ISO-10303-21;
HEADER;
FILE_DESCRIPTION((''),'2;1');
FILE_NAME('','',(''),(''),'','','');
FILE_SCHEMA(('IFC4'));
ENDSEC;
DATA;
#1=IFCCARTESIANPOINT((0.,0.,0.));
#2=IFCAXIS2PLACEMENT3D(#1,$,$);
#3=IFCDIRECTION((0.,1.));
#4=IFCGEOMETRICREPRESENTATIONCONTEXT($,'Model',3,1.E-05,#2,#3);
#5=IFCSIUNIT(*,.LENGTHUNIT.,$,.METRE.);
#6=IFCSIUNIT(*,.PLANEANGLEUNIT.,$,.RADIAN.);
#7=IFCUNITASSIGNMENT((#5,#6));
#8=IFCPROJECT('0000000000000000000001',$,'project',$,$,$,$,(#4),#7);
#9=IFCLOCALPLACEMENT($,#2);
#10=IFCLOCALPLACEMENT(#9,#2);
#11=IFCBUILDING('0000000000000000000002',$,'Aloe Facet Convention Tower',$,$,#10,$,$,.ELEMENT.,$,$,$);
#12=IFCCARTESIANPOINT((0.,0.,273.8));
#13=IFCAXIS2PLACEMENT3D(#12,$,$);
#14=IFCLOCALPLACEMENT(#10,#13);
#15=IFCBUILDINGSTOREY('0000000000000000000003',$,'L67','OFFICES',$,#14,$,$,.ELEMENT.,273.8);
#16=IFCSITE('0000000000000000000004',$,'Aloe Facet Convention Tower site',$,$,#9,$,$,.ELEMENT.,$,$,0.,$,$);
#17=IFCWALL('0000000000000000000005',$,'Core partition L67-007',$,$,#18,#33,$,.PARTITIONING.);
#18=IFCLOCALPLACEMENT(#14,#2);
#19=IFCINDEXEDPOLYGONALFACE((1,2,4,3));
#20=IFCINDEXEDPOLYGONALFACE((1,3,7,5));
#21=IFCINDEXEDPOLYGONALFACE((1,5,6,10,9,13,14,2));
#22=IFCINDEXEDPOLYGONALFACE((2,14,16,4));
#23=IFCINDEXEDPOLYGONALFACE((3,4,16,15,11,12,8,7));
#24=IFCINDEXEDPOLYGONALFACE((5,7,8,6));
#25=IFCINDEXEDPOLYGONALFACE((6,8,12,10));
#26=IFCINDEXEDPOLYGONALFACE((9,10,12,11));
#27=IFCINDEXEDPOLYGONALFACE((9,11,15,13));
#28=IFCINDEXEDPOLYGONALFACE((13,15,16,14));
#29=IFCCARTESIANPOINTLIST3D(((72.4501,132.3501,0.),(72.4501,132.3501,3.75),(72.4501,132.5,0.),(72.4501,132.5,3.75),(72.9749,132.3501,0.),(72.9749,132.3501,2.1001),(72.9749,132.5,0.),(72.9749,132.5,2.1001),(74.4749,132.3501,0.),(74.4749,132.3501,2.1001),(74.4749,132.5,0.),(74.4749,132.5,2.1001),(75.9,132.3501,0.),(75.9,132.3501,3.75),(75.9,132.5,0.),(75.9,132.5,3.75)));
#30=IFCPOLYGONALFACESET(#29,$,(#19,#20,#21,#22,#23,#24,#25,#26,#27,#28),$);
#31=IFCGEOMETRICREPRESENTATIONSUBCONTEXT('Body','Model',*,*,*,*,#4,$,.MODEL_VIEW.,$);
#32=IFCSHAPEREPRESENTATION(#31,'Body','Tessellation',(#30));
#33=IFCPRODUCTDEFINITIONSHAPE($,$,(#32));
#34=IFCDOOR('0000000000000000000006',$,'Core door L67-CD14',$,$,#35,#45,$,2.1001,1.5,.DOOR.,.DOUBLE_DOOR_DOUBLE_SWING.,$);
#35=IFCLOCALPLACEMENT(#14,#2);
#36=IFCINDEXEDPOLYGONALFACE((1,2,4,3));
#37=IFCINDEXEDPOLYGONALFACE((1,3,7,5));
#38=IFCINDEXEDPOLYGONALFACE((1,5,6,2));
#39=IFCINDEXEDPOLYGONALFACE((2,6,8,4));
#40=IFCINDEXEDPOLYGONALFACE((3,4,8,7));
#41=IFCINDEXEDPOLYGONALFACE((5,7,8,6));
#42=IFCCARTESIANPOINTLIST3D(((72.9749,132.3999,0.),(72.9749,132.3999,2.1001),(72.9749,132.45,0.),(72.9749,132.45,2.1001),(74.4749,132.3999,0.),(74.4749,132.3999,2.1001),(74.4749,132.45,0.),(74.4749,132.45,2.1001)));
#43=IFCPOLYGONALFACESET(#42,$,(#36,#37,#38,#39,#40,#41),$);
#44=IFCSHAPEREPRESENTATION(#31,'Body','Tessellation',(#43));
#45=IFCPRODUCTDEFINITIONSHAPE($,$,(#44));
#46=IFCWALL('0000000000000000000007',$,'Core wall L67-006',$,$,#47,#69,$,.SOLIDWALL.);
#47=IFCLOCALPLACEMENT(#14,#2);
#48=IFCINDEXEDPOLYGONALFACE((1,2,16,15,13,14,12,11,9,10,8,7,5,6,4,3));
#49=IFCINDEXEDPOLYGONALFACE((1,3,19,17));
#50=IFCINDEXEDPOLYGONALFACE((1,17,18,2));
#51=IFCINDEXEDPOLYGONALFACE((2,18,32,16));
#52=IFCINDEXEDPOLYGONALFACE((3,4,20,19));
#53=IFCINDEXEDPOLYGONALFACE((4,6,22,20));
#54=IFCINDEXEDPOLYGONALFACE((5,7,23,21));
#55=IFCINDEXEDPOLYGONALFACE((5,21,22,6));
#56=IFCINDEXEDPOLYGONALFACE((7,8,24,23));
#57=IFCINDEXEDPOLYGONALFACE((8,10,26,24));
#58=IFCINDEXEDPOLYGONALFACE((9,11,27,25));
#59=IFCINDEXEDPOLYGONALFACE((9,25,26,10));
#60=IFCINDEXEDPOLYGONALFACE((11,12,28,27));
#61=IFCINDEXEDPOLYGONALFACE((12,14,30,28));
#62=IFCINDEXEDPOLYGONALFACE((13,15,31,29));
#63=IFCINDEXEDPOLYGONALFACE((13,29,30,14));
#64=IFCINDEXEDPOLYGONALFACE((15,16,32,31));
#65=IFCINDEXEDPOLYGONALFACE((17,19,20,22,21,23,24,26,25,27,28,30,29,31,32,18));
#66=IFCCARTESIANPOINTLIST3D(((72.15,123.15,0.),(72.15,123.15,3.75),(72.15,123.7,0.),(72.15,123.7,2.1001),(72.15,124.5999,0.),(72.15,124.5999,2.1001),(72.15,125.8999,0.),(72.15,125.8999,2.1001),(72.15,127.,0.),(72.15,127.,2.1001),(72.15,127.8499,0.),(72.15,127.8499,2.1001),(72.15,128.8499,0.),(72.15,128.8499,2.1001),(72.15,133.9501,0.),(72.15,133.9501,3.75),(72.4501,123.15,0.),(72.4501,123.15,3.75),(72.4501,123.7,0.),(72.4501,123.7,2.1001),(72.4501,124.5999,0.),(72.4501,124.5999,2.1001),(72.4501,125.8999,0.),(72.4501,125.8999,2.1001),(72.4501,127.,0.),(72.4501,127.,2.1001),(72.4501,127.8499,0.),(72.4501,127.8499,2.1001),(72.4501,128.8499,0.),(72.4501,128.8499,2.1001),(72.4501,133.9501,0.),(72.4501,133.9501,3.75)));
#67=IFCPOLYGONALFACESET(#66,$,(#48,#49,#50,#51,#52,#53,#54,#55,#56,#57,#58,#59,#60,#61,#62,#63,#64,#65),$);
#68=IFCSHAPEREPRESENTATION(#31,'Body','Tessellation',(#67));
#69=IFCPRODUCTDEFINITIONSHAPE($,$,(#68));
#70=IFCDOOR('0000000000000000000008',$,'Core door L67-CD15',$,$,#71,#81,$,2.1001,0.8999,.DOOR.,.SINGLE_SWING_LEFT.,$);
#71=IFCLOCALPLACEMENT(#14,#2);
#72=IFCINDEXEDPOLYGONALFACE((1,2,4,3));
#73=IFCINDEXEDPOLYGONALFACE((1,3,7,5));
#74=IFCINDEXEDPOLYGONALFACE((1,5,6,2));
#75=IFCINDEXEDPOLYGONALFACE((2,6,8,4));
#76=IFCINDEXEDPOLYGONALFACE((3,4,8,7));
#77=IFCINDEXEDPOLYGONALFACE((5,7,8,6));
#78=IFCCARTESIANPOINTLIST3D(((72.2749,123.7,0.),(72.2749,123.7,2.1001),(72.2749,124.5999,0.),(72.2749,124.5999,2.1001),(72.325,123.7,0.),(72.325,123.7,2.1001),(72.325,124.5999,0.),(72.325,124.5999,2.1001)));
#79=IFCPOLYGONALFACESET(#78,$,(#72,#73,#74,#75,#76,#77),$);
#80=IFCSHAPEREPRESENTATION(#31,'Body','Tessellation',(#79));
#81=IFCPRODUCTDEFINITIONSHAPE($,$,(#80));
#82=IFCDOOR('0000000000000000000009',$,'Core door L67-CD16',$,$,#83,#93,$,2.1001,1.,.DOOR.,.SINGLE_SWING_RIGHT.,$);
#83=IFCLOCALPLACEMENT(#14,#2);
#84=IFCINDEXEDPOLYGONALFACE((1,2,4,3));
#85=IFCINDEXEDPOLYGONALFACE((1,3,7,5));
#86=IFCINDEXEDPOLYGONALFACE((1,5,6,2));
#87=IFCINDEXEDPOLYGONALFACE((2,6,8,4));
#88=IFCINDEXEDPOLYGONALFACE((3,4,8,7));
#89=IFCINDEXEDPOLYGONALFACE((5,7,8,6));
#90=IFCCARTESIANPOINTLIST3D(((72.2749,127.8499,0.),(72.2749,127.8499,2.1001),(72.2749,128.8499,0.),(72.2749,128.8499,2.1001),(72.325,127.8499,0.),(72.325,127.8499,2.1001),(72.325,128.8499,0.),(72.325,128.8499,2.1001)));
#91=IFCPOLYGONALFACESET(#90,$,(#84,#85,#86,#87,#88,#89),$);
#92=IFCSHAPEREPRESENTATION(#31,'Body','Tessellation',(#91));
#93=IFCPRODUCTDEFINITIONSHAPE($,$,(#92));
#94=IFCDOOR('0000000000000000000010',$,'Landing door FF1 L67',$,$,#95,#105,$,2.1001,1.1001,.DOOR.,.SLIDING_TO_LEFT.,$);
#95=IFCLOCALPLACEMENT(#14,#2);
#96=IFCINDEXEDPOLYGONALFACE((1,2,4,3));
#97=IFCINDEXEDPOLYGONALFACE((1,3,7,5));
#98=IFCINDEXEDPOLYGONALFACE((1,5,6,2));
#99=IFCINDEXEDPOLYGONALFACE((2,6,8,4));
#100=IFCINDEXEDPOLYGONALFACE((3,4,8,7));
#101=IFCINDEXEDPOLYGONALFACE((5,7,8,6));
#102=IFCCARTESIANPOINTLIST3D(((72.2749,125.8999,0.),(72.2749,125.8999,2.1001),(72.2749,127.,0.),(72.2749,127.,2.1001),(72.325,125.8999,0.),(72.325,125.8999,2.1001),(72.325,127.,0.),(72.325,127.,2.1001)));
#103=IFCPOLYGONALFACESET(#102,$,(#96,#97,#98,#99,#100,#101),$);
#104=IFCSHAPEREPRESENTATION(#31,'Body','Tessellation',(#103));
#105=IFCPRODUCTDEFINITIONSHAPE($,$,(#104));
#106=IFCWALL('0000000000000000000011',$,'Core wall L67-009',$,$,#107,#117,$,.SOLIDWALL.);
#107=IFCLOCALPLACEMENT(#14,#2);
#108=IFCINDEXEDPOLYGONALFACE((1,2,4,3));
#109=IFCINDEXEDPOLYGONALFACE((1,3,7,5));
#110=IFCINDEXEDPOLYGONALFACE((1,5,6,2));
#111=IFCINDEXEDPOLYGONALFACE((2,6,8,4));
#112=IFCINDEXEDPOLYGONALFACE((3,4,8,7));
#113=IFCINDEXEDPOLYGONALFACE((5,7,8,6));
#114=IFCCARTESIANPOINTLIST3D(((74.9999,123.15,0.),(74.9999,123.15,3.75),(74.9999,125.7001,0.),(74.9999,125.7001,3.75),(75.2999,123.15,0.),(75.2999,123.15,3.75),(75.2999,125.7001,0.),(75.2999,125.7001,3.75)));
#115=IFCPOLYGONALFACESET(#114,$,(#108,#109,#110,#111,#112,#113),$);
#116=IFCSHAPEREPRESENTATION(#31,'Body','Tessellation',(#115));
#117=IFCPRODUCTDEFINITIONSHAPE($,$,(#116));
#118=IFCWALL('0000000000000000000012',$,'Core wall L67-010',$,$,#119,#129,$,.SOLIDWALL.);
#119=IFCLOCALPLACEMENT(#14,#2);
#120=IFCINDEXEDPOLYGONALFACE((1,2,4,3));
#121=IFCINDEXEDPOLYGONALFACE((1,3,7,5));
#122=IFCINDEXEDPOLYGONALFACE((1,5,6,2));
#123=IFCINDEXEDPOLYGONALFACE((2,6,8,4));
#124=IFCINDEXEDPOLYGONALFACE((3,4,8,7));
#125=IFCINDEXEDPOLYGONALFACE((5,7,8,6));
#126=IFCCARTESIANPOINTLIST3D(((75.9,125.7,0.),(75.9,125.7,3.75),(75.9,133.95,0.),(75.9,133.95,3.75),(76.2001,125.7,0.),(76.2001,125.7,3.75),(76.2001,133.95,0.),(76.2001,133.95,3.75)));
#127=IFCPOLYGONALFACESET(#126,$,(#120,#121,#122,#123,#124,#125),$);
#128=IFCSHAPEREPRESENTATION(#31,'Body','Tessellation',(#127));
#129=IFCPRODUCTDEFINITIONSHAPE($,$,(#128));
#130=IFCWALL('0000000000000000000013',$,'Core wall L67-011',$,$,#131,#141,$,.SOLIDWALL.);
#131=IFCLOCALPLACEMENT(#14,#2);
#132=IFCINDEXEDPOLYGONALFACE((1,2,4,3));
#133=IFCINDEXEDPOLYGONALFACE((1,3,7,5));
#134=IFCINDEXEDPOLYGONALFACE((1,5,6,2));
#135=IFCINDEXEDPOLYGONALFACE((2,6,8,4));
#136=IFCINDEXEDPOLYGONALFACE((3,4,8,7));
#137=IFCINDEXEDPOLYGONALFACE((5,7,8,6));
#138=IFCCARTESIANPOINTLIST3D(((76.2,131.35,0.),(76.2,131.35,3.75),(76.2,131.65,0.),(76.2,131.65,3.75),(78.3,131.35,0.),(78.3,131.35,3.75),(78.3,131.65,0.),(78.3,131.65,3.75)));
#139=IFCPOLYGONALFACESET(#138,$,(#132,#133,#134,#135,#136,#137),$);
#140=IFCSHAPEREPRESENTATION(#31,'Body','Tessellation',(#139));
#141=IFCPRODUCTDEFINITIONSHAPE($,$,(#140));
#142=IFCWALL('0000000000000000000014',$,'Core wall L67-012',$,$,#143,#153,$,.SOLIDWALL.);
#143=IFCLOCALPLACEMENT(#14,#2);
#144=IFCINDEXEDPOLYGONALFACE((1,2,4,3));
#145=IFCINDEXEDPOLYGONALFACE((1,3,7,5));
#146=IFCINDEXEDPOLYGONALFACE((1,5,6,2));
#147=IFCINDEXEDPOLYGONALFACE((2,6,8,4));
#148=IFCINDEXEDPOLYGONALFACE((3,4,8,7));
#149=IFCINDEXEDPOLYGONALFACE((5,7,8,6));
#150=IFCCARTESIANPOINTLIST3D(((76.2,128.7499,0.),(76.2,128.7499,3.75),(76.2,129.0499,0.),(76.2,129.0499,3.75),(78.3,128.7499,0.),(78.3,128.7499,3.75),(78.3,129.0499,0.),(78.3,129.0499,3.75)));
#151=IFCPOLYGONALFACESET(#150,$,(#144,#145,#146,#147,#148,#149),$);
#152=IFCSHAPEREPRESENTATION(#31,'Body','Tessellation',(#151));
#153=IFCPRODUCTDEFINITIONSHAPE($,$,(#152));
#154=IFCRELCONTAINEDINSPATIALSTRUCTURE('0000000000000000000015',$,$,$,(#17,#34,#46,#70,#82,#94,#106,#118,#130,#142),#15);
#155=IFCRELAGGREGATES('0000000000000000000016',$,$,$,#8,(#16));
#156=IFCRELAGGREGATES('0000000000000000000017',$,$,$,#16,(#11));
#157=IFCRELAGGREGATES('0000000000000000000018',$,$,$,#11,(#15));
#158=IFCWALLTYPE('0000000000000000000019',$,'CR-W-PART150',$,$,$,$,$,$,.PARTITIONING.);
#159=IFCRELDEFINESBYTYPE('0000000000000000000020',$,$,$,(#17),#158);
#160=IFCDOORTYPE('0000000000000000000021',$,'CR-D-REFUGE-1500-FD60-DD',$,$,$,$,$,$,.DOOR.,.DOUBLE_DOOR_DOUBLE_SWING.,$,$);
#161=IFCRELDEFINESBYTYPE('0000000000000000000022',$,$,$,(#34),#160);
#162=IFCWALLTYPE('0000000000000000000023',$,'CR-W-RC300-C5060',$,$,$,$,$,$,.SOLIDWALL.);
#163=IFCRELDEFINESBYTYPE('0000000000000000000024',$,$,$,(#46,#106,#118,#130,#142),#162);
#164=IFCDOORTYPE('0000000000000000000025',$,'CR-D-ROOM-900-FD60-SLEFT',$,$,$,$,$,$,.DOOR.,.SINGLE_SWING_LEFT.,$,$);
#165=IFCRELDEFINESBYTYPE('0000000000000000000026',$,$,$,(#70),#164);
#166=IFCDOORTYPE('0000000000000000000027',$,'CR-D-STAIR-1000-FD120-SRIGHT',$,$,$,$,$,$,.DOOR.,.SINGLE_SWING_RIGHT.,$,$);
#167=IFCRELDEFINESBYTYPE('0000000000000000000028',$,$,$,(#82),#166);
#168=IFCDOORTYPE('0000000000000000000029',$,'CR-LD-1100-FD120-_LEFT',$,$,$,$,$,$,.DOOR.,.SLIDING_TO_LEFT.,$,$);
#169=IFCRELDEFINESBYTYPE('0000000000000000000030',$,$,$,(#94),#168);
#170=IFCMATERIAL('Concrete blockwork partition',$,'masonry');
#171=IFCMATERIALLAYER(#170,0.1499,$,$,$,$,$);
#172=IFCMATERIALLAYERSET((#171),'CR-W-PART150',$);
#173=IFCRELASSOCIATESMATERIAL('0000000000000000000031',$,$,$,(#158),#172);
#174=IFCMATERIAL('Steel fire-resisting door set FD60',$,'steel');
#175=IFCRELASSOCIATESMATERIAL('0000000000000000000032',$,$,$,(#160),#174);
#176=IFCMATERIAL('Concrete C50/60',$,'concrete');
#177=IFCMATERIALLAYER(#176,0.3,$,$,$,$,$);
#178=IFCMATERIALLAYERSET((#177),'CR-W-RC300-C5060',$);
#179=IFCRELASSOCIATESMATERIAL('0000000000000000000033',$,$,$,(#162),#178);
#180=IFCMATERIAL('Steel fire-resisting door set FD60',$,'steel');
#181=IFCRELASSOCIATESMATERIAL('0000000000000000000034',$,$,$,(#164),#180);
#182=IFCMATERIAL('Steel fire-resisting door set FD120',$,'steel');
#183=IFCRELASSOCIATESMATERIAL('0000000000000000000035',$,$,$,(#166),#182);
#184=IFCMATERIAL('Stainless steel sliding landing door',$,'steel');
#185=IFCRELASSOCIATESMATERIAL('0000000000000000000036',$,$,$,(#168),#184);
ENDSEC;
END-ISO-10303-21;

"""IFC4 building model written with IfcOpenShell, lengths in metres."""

from ifc_helpers import new_model, si_unit, direction, frame, frame_2d, origin, place, context, subcontext, project, spatial, rectangle, extrude, material, layer, layer_set, type_object, element, fill, save


model = new_model("IFC4")

# Units and contexts
model_context = context("Model", 3, precision=1e-05, world=origin(), true_north=direction((0.0, 1.0)))
body_context = subcontext(model_context, "Body", "Model", "MODEL_VIEW")
ifc_project = project(units=[si_unit("LENGTHUNIT", "METRE"), si_unit("PLANEANGLEUNIT", "RADIAN")], contexts=[model_context])

# Site, building, storey
site_placement = place(None, origin())
site = spatial("IfcSite", under=ifc_project, at=site_placement, Name="Aloe Facet Convention Tower site", CompositionType="ELEMENT", RefElevation=0.0)
building_placement = place(site_placement, origin())
building = spatial("IfcBuilding", under=site, at=building_placement, Name="Aloe Facet Convention Tower", CompositionType="ELEMENT")
storey_placement = place(building_placement, frame((0.0, 0.0, 273.8)))
storey = spatial("IfcBuildingStorey", under=building, at=storey_placement, Name="L67", Description="OFFICES", CompositionType="ELEMENT", Elevation=273.8)

# Wall, opening, door
ifc_material_1 = material(Name="Concrete blockwork partition", Category="masonry")
ifc_layer_1 = layer(ifc_material_1, 0.1499)
ifc_layer_set_1 = layer_set([ifc_layer_1], Name="CR-W-PART150")
wall_type_1 = type_object("IfcWallType", Name="CR-W-PART150", PredefinedType="PARTITIONING", material=ifc_layer_set_1)
wall_1_placement = place(storey_placement, frame((72.45, 132.425, 0.0), z_axis=(0.0, 0.0, 1.0), x_axis=(1.0, 0.0, 0.0)))
wall_1 = element("IfcWall", 1, at=wall_1_placement, inside=storey, type_object=wall_type_1, Name="Core partition L67-007", PredefinedType="PARTITIONING", context=body_context, shape_type="SweptSolid", body=[
    extrude(rectangle(XDim=3.45, YDim=0.1499, at=frame_2d((1.7251, 0.0))), origin(), (0.0, 0.0, 1.0), 3.75),
])
opening_1_placement = place(wall_1_placement, frame((0.5249, 0.0, 0.0)))
opening_1 = element("IfcOpeningElement", 2, at=opening_1_placement, cuts=wall_1, PredefinedType="OPENING", context=body_context, shape_type="SweptSolid", body=[
    extrude(rectangle(XDim=1.5, YDim=2.1001, at=frame_2d((0.75, 1.05))), frame((0.0, 0.085, 0.0), z_axis=(0.0, -1.0, 0.0), x_axis=(1.0, 0.0, 0.0)), (0.0, 0.0, 1.0), 0.1699),
])
ifc_material_2 = material(Name="Steel fire-resisting door set FD60", Category="steel")
door_type_1 = type_object("IfcDoorType", Name="CR-D-REFUGE-1500-FD60-DD", OperationType="DOUBLE_DOOR_DOUBLE_SWING", PredefinedType="DOOR", material=ifc_material_2)
door_1_placement = place(opening_1_placement, origin())
door_1 = element("IfcDoor", 3, at=door_1_placement, inside=storey, type_object=door_type_1, Name="Core door L67-CD14", OperationType="DOUBLE_DOOR_DOUBLE_SWING", OverallHeight=2.1001, OverallWidth=1.5, PredefinedType="DOOR", context=body_context, shape_type="SweptSolid", body=[
    extrude(rectangle(XDim=1.5, YDim=2.1001, at=frame_2d((0.75, 1.05))), frame((0.0, 0.0249, 0.0), z_axis=(0.0, -1.0, 0.0), x_axis=(1.0, 0.0, 0.0)), (0.0, 0.0, 1.0), 0.05),
])
fill(opening_1, door_1)

# Wall, openings, doors
ifc_material_3 = material(Name="Concrete C50/60", Category="concrete")
ifc_layer_2 = layer(ifc_material_3, 0.3)
ifc_layer_set_2 = layer_set([ifc_layer_2], Name="CR-W-RC300-C5060")
wall_type_2 = type_object("IfcWallType", Name="CR-W-RC300-C5060", PredefinedType="SOLIDWALL", material=ifc_layer_set_2)
wall_2_placement = place(storey_placement, frame((72.3, 133.95, 0.0), z_axis=(0.0, 0.0, 1.0), x_axis=(0.0, -1.0, 0.0)))
wall_2 = element("IfcWall", 4, at=wall_2_placement, inside=storey, type_object=wall_type_2, Name="Core wall L67-006", PredefinedType="SOLIDWALL", context=body_context, shape_type="SweptSolid", body=[
    extrude(rectangle(XDim=10.8, YDim=0.3, at=frame_2d((5.3999, 0.0))), origin(), (0.0, 0.0, 1.0), 3.75),
])
opening_2_placement = place(wall_2_placement, frame((6.95, 0.0, 0.0)))
opening_2 = element("IfcOpeningElement", 5, at=opening_2_placement, cuts=wall_2, PredefinedType="OPENING", context=body_context, shape_type="SweptSolid", body=[
    extrude(rectangle(XDim=1.1001, YDim=2.1001, at=frame_2d((0.55, 1.05))), frame((0.0, 0.1602, 0.0), z_axis=(0.0, -1.0, 0.0), x_axis=(1.0, 0.0, 0.0)), (0.0, 0.0, 1.0), 0.3201),
])
opening_3_placement = place(wall_2_placement, frame((9.3501, 0.0, 0.0)))
opening_3 = element("IfcOpeningElement", 6, at=opening_3_placement, cuts=wall_2, PredefinedType="OPENING", context=body_context, shape_type="SweptSolid", body=[
    extrude(rectangle(XDim=0.8999, YDim=2.1001, at=frame_2d((0.45, 1.05))), frame((0.0, 0.1602, 0.0), z_axis=(0.0, -1.0, 0.0), x_axis=(1.0, 0.0, 0.0)), (0.0, 0.0, 1.0), 0.3201),
])
opening_4_placement = place(wall_2_placement, frame((5.1001, 0.0, 0.0)))
opening_4 = element("IfcOpeningElement", 7, at=opening_4_placement, cuts=wall_2, PredefinedType="OPENING", context=body_context, shape_type="SweptSolid", body=[
    extrude(rectangle(XDim=1.0, YDim=2.1001, at=frame_2d((0.5, 1.05))), frame((0.0, 0.1602, 0.0), z_axis=(0.0, -1.0, 0.0), x_axis=(1.0, 0.0, 0.0)), (0.0, 0.0, 1.0), 0.3201),
])
ifc_material_4 = material(Name="Steel fire-resisting door set FD60", Category="steel")
door_type_2 = type_object("IfcDoorType", Name="CR-D-ROOM-900-FD60-SLEFT", OperationType="SINGLE_SWING_LEFT", PredefinedType="DOOR", material=ifc_material_4)
door_2_placement = place(opening_3_placement, origin())
door_2 = element("IfcDoor", 8, at=door_2_placement, inside=storey, type_object=door_type_2, Name="Core door L67-CD15", OperationType="SINGLE_SWING_LEFT", OverallHeight=2.1001, OverallWidth=0.8999, PredefinedType="DOOR", context=body_context, shape_type="SweptSolid", body=[
    extrude(rectangle(XDim=0.8999, YDim=2.1001, at=frame_2d((0.45, 1.05))), frame((0.0, 0.0249, 0.0), z_axis=(0.0, -1.0, 0.0), x_axis=(1.0, 0.0, 0.0)), (0.0, 0.0, 1.0), 0.05),
])
fill(opening_3, door_2)
ifc_material_5 = material(Name="Steel fire-resisting door set FD120", Category="steel")
door_type_3 = type_object("IfcDoorType", Name="CR-D-STAIR-1000-FD120-SRIGHT", OperationType="SINGLE_SWING_RIGHT", PredefinedType="DOOR", material=ifc_material_5)
door_3_placement = place(opening_4_placement, origin())
door_3 = element("IfcDoor", 9, at=door_3_placement, inside=storey, type_object=door_type_3, Name="Core door L67-CD16", OperationType="SINGLE_SWING_RIGHT", OverallHeight=2.1001, OverallWidth=1.0, PredefinedType="DOOR", context=body_context, shape_type="SweptSolid", body=[
    extrude(rectangle(XDim=1.0, YDim=2.1001, at=frame_2d((0.5, 1.05))), frame((0.0, 0.0249, 0.0), z_axis=(0.0, -1.0, 0.0), x_axis=(1.0, 0.0, 0.0)), (0.0, 0.0, 1.0), 0.05),
])
fill(opening_4, door_3)
ifc_material_6 = material(Name="Stainless steel sliding landing door", Category="steel")
door_type_4 = type_object("IfcDoorType", Name="CR-LD-1100-FD120-_LEFT", OperationType="SLIDING_TO_LEFT", PredefinedType="DOOR", material=ifc_material_6)
door_4_placement = place(opening_2_placement, origin())
door_4 = element("IfcDoor", 10, at=door_4_placement, inside=storey, type_object=door_type_4, Name="Landing door FF1 L67", OperationType="SLIDING_TO_LEFT", OverallHeight=2.1001, OverallWidth=1.1001, PredefinedType="DOOR", context=body_context, shape_type="SweptSolid", body=[
    extrude(rectangle(XDim=1.1001, YDim=2.1001, at=frame_2d((0.55, 1.05))), frame((0.0, 0.0249, 0.0), z_axis=(0.0, -1.0, 0.0), x_axis=(1.0, 0.0, 0.0)), (0.0, 0.0, 1.0), 0.05),
])
fill(opening_2, door_4)

# Walls
wall_3_placement = place(storey_placement, frame((75.1499, 125.7, 0.0), z_axis=(0.0, 0.0, 1.0), x_axis=(0.0, -1.0, 0.0)))
element("IfcWall", 11, at=wall_3_placement, inside=storey, type_object=wall_type_2, Name="Core wall L67-009", PredefinedType="SOLIDWALL", context=body_context, shape_type="SweptSolid", body=[
    extrude(rectangle(XDim=2.55, YDim=0.3, at=frame_2d((1.2749, 0.0))), origin(), (0.0, 0.0, 1.0), 3.75),
])
wall_4_placement = place(storey_placement, frame((76.05, 133.95, 0.0), z_axis=(0.0, 0.0, 1.0), x_axis=(0.0, -1.0, 0.0)))
element("IfcWall", 12, at=wall_4_placement, inside=storey, type_object=wall_type_2, Name="Core wall L67-010", PredefinedType="SOLIDWALL", context=body_context, shape_type="SweptSolid", body=[
    extrude(rectangle(XDim=8.25, YDim=0.3, at=frame_2d((4.125, 0.0))), origin(), (0.0, 0.0, 1.0), 3.75),
])
for number, where, z_axis, x_axis, name in (
    (13, (76.2, 131.5, 0.0), (0.0, 0.0, 1.0), (1.0, 0.0, 0.0), "Core wall L67-011"),
    (14, (76.2, 128.8999, 0.0), (0.0, 0.0, 1.0), (1.0, 0.0, 0.0), "Core wall L67-012"),
):
    element("IfcWall", number, at=place(storey_placement, frame(where, z_axis=z_axis, x_axis=x_axis)), inside=storey, type_object=wall_type_2, Name=name, PredefinedType="SOLIDWALL", context=body_context, shape_type="SweptSolid", body=[
        extrude(rectangle(XDim=2.1001, YDim=0.3, at=frame_2d((1.05, 0.0))), origin(), (0.0, 0.0, 1.0), 3.75),
    ])

save(model, "model.ifc")
